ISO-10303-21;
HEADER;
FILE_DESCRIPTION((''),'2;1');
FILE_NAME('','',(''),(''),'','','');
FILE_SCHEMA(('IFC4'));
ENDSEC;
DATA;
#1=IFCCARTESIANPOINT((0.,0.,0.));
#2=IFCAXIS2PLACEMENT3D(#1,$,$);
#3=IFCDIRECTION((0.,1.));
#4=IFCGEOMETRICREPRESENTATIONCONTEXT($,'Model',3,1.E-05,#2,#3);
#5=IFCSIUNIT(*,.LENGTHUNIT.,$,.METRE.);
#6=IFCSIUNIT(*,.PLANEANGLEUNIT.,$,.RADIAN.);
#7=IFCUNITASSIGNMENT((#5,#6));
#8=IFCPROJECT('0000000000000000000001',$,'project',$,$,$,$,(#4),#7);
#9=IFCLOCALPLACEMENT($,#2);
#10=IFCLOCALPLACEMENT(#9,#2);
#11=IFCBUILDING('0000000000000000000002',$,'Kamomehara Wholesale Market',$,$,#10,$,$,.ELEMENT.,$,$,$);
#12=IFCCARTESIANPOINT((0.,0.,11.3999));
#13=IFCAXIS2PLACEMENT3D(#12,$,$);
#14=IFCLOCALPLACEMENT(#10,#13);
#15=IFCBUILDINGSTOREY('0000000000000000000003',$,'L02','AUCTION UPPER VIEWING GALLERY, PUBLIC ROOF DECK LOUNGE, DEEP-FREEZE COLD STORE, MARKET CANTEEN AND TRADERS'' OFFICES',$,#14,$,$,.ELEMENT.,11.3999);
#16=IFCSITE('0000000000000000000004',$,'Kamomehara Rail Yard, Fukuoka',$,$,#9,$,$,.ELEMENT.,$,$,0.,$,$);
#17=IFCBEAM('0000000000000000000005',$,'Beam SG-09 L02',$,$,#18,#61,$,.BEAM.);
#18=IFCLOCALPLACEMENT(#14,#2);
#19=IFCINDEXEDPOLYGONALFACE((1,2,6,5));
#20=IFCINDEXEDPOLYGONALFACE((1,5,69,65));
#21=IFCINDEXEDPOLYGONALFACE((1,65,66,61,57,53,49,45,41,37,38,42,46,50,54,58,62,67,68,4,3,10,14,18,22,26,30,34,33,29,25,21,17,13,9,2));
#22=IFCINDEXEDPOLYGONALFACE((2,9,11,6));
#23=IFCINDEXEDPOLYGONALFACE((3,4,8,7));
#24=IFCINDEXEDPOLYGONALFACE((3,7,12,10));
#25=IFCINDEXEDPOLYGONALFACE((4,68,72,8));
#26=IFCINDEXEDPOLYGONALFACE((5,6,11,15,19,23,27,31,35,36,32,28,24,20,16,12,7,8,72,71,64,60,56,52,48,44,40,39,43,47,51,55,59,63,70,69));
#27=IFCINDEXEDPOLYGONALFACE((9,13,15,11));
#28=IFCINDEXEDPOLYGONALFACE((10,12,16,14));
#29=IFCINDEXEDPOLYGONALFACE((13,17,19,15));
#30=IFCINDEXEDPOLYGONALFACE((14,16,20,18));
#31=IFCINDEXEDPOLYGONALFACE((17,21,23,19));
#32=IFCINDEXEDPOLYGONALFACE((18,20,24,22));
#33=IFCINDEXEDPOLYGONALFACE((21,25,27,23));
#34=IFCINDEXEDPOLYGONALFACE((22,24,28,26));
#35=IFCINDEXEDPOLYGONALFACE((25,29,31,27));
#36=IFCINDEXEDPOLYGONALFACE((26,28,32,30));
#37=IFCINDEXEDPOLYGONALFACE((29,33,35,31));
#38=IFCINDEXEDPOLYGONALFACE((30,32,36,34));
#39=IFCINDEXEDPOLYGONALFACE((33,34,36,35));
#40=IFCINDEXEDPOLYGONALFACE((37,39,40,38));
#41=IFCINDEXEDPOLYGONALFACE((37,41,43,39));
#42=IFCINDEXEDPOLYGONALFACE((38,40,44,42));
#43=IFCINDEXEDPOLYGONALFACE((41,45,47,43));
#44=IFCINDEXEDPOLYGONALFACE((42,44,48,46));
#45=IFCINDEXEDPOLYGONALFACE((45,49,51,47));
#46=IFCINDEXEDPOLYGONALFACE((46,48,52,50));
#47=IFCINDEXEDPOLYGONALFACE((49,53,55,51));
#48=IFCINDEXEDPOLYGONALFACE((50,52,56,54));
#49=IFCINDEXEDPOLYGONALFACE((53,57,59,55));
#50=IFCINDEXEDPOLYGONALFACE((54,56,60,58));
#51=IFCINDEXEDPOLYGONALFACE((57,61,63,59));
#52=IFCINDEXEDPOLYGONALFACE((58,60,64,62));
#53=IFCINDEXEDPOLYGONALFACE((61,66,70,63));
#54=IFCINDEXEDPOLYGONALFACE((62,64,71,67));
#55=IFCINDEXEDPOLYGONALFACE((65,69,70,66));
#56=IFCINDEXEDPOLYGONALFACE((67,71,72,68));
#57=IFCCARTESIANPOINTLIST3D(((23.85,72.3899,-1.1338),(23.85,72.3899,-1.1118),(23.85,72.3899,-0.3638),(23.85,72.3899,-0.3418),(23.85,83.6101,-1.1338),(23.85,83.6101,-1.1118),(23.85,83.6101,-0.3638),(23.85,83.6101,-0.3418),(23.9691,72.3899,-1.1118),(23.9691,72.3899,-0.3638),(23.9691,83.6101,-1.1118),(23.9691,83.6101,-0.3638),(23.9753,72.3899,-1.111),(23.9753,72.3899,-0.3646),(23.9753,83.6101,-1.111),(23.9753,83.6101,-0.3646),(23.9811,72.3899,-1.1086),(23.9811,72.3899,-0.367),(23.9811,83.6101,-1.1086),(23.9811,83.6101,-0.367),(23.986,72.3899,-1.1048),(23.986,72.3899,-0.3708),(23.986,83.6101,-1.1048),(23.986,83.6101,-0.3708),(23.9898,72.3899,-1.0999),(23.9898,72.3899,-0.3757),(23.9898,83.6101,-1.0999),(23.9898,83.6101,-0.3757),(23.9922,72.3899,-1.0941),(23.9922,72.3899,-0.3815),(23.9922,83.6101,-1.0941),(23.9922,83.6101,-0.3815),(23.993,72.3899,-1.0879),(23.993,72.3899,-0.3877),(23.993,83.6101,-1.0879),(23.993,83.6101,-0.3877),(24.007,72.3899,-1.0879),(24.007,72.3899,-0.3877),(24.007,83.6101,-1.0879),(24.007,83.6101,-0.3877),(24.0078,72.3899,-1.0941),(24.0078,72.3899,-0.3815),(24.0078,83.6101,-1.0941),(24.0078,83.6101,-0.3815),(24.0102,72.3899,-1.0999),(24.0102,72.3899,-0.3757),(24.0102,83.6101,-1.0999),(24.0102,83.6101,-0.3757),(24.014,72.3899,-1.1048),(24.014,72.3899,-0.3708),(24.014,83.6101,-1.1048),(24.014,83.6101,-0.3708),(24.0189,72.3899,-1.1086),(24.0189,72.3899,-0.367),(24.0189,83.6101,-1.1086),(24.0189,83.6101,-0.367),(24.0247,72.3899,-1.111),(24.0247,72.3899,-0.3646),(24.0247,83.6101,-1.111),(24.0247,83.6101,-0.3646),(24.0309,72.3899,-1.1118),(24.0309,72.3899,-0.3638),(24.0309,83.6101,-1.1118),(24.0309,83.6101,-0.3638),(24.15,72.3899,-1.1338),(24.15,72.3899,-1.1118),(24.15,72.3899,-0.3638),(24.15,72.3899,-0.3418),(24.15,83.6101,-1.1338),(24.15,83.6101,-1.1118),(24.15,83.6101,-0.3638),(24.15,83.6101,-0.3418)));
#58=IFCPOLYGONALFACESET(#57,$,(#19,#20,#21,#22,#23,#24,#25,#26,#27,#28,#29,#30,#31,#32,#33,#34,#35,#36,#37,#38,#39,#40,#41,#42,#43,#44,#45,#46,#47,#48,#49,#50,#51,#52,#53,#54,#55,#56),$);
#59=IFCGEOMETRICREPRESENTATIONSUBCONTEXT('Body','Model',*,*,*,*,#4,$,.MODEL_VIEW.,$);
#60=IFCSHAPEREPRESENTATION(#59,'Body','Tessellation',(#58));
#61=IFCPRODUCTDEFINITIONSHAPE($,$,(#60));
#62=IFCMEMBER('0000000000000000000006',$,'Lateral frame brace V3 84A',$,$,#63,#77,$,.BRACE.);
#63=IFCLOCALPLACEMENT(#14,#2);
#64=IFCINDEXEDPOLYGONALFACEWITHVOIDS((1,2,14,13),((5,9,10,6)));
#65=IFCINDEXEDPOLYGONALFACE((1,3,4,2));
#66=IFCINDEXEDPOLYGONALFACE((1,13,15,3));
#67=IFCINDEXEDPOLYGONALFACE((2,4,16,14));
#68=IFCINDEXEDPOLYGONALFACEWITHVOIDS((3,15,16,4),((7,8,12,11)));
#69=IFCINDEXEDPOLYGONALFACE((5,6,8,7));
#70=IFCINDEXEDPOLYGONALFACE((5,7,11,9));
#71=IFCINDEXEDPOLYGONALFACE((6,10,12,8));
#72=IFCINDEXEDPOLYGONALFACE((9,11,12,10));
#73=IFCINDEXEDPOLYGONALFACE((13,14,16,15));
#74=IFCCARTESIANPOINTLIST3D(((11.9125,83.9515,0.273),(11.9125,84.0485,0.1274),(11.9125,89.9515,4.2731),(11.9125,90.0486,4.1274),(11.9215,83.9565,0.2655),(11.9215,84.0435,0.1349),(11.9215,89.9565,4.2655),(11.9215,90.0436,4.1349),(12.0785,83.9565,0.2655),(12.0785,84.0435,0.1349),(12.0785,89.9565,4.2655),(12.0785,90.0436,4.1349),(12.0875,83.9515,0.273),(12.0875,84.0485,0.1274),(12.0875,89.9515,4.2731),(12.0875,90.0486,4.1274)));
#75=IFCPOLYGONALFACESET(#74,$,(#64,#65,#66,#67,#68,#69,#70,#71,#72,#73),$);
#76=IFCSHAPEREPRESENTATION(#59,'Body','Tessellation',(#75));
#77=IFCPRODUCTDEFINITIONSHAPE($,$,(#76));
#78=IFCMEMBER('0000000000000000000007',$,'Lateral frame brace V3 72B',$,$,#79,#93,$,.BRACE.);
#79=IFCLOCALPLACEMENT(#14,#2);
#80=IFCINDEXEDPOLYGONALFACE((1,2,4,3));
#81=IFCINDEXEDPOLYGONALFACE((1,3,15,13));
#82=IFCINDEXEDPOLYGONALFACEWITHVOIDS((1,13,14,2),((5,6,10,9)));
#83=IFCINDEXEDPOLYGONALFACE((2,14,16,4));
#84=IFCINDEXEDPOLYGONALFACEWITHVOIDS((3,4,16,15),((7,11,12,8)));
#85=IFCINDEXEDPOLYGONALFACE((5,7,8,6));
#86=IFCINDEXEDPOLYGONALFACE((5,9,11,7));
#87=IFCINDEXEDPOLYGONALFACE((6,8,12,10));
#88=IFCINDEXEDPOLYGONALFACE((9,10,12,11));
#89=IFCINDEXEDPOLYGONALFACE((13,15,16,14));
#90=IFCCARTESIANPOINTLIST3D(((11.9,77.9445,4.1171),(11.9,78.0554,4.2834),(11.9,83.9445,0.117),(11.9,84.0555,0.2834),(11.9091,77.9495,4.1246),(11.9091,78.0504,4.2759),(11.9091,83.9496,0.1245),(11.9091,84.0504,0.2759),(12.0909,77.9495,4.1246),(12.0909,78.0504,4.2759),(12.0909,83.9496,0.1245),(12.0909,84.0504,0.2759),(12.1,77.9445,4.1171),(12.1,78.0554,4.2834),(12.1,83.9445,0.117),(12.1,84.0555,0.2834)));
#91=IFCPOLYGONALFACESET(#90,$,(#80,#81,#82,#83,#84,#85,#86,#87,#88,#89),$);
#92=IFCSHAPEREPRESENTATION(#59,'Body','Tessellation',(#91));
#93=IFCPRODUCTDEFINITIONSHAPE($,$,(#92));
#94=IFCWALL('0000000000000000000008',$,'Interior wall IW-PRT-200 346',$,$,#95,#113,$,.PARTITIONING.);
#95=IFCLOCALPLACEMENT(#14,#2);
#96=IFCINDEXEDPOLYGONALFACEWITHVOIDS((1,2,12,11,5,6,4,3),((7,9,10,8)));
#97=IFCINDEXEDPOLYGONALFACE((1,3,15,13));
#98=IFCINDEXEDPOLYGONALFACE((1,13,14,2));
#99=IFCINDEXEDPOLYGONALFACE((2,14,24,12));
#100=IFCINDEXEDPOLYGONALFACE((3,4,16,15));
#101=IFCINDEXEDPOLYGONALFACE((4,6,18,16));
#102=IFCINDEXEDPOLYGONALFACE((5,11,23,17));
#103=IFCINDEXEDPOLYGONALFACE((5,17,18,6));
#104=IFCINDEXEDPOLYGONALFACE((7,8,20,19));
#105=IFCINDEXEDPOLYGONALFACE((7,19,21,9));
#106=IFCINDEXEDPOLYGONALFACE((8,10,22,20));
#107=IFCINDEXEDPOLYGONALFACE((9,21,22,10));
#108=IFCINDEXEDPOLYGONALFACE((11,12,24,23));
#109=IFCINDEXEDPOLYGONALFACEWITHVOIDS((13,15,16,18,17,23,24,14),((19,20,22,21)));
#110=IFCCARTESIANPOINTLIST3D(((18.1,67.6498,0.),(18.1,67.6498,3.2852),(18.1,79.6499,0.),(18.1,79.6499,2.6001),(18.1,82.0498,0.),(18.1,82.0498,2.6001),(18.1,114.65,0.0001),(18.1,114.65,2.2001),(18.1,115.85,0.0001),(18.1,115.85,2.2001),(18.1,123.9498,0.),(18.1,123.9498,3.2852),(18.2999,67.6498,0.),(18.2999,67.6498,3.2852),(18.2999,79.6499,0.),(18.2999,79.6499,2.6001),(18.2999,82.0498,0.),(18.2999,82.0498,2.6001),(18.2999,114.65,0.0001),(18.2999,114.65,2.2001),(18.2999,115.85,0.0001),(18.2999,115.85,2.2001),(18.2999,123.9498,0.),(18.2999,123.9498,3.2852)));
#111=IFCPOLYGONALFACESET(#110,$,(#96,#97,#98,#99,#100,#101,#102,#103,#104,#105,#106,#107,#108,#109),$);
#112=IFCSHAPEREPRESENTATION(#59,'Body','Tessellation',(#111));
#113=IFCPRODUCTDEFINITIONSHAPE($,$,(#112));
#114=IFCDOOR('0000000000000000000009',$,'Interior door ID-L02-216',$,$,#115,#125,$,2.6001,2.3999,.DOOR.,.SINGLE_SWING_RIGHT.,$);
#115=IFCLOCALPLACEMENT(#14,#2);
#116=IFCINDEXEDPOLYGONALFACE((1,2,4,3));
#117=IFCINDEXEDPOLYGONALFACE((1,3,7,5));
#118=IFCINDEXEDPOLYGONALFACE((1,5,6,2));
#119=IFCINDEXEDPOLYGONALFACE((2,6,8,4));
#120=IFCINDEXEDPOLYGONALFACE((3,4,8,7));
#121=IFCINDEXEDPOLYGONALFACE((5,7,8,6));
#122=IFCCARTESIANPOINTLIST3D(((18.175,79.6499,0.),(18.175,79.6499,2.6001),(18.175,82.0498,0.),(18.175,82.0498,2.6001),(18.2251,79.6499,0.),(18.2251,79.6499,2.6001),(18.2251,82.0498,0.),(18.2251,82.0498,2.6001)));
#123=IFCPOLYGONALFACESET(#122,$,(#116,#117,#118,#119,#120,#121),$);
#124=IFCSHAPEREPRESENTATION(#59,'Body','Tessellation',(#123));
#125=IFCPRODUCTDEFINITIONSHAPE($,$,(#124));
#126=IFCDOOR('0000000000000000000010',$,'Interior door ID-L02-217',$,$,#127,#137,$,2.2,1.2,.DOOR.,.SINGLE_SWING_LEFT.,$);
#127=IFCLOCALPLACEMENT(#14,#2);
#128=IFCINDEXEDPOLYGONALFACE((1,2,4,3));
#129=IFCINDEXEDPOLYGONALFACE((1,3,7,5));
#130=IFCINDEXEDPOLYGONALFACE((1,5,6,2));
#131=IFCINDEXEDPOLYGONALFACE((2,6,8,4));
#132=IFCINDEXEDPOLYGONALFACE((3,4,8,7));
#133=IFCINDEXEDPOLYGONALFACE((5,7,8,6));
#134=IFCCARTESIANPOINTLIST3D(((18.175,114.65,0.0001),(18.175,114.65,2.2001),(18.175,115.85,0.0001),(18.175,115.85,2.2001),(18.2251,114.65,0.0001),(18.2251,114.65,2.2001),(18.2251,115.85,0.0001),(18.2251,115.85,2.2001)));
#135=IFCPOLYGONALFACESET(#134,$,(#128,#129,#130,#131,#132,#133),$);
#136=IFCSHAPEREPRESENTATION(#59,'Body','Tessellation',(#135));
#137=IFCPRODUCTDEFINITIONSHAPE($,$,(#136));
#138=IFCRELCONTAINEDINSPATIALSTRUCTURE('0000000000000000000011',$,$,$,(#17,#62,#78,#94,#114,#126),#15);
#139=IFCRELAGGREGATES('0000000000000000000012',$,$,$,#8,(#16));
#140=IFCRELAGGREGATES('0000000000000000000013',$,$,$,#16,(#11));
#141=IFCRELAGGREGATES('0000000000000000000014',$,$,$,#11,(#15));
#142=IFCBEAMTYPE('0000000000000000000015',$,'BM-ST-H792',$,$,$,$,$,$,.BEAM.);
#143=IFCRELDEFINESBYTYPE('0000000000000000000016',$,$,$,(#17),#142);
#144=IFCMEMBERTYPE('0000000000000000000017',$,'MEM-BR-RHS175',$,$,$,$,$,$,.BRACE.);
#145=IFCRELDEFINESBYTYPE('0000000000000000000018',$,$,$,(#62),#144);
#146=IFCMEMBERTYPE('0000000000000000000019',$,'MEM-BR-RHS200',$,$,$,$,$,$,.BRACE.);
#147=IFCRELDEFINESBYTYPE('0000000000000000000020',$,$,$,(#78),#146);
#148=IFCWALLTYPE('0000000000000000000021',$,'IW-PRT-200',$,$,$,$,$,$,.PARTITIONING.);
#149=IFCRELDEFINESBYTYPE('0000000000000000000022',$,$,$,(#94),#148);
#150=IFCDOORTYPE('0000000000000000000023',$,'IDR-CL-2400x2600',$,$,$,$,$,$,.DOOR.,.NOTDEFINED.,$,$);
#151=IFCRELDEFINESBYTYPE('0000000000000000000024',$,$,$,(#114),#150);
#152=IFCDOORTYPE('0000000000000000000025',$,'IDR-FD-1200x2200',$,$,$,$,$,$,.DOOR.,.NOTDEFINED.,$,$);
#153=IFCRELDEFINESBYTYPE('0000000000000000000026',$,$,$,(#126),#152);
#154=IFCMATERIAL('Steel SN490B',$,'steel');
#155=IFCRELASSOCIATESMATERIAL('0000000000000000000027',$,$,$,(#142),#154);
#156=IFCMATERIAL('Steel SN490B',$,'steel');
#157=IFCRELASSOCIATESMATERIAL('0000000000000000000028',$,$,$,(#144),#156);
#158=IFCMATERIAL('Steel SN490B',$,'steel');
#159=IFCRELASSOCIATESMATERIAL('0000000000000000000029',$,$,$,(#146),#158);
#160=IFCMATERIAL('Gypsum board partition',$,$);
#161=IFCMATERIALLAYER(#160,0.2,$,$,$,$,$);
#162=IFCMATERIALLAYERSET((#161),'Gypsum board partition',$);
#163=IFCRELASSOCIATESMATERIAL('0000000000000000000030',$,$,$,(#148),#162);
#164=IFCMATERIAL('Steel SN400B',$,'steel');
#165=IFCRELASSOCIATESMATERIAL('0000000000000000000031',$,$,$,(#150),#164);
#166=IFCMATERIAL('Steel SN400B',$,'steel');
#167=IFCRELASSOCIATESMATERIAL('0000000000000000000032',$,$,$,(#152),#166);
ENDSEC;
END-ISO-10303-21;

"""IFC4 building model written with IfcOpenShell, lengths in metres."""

from ifc_helpers import new_model, si_unit, direction, frame, frame_2d, origin, origin_2d, place, context, subcontext, project, spatial, rectangle, hollow_rectangle, i_section, extrude, material, layer, layer_set, material_profile, profile_set, type_object, element, fill, save


model = new_model("IFC4")

# Units and contexts
model_context = context("Model", 3, precision=1e-05, world=origin(), true_north=direction((0.0, 1.0)))
body_context = subcontext(model_context, "Body", "Model", "MODEL_VIEW")
ifc_project = project(units=[si_unit("LENGTHUNIT", "METRE"), si_unit("PLANEANGLEUNIT", "RADIAN")], contexts=[model_context])

# Site, building, storey
site_placement = place(None, origin())
site = spatial("IfcSite", under=ifc_project, at=site_placement, Name="Kamomehara Rail Yard, Fukuoka", CompositionType="ELEMENT", RefElevation=0.0)
building_placement = place(site_placement, origin())
building = spatial("IfcBuilding", under=site, at=building_placement, Name="Kamomehara Wholesale Market", CompositionType="ELEMENT")
storey_placement = place(building_placement, frame((0.0, 0.0, 11.3999)))
storey = spatial("IfcBuildingStorey", under=building, at=storey_placement, Name="L02", Description="AUCTION UPPER VIEWING GALLERY, PUBLIC ROOF DECK LOUNGE, DEEP-FREEZE COLD STORE, MARKET CANTEEN AND TRADERS' OFFICES", CompositionType="ELEMENT", Elevation=11.3999)

# Beam
ifc_material_1 = material(Name="Steel SN490B", Category="steel")
ifc_material_profile_1 = material_profile(ifc_material_1, i_section(OverallWidth=0.3, OverallDepth=0.792, WebThickness=0.0139, FlangeThickness=0.022, FilletRadius=0.0239, at=origin_2d()), Name="H-792x300x14x22")
ifc_profile_set_1 = profile_set([ifc_material_profile_1], Name="Steel SN490B")
beam_type_1 = type_object("IfcBeamType", Name="BM-ST-H792", PredefinedType="BEAM", material=ifc_profile_set_1)
beam_1_placement = place(storey_placement, frame((24.0, 72.3899, -0.7378), z_axis=(0.0, 1.0, 0.0), x_axis=(-1.0, 0.0, 0.0)))
element("IfcBeam", 1, at=beam_1_placement, inside=storey, type_object=beam_type_1, Name="Beam SG-09 L02", PredefinedType="BEAM", context=body_context, shape_type="SweptSolid", body=[
    extrude(i_section(OverallWidth=0.3, OverallDepth=0.792, WebThickness=0.0139, FlangeThickness=0.022, FilletRadius=0.0239, at=origin_2d()), origin(), (0.0, 0.0, 1.0), 11.2202),
])

# Members
ifc_material_2 = material(Name="Steel SN490B", Category="steel")
ifc_material_profile_2 = material_profile(ifc_material_2, hollow_rectangle(XDim=0.175, YDim=0.175, WallThickness=0.009, at=origin_2d()), Name="RHS-175x175x9")
ifc_profile_set_2 = profile_set([ifc_material_profile_2], Name="Steel SN490B")
member_type_1 = type_object("IfcMemberType", Name="MEM-BR-RHS175", PredefinedType="BRACE", material=ifc_profile_set_2)
member_1_placement = place(storey_placement, frame((12.0, 84.0, 0.2002), z_axis=(0.0, 0.83205, 0.5547), x_axis=(-1.0, 0.0, 0.0)))
element("IfcMember", 2, at=member_1_placement, inside=storey, type_object=member_type_1, Name="Lateral frame brace V3 84A", PredefinedType="BRACE", context=body_context, shape_type="SweptSolid", body=[
    extrude(hollow_rectangle(XDim=0.175, YDim=0.175, WallThickness=0.009, at=origin_2d()), origin(), (0.0, 0.0, 1.0), 7.2112),
])
ifc_material_3 = material(Name="Steel SN490B", Category="steel")
ifc_material_profile_3 = material_profile(ifc_material_3, hollow_rectangle(XDim=0.2, YDim=0.2, WallThickness=0.009, at=origin_2d()), Name="RHS-200x200x9")
ifc_profile_set_3 = profile_set([ifc_material_profile_3], Name="Steel SN490B")
member_type_2 = type_object("IfcMemberType", Name="MEM-BR-RHS200", PredefinedType="BRACE", material=ifc_profile_set_3)
member_2_placement = place(storey_placement, frame((12.0, 84.0, 0.2002), z_axis=(0.0, -0.83205, 0.5547), x_axis=(1.0, 0.0, 0.0)))
element("IfcMember", 3, at=member_2_placement, inside=storey, type_object=member_type_2, Name="Lateral frame brace V3 72B", PredefinedType="BRACE", context=body_context, shape_type="SweptSolid", body=[
    extrude(hollow_rectangle(XDim=0.2, YDim=0.2, WallThickness=0.009, at=origin_2d()), origin(), (0.0, 0.0, 1.0), 7.2112),
])

# Wall, openings, doors
ifc_material_4 = material(Name="Gypsum board partition")
ifc_layer = layer(ifc_material_4, 0.2)
ifc_layer_set = layer_set([ifc_layer], Name="Gypsum board partition")
wall_type = type_object("IfcWallType", Name="IW-PRT-200", PredefinedType="PARTITIONING", material=ifc_layer_set)
wall_placement = place(storey_placement, frame((18.2, 67.6499, 0.0), z_axis=(0.0, 0.0, 1.0), x_axis=(0.0, 1.0, 0.0)))
wall = element("IfcWall", 4, at=wall_placement, inside=storey, type_object=wall_type, Name="Interior wall IW-PRT-200 346", PredefinedType="PARTITIONING", context=body_context, shape_type="SweptSolid", body=[
    extrude(rectangle(XDim=56.3, YDim=0.2, at=frame_2d((28.1499, 0.0))), origin(), (0.0, 0.0, 1.0), 3.2852),
])
opening_1_placement = place(wall_placement, frame((12.0, 0.0, 0.0)))
opening_1 = element("IfcOpeningElement", 5, at=opening_1_placement, cuts=wall, PredefinedType="OPENING", context=body_context, shape_type="SweptSolid", body=[
    extrude(rectangle(XDim=2.3999, YDim=2.6001, at=frame_2d((1.2, 1.3))), frame((0.0, 0.1147, 0.0), z_axis=(0.0, -1.0, 0.0), x_axis=(1.0, 0.0, 0.0)), (0.0, 0.0, 1.0), 0.2297),
])
opening_2_placement = place(wall_placement, frame((47.0, 0.0, 0.0)))
opening_2 = element("IfcOpeningElement", 6, at=opening_2_placement, cuts=wall, PredefinedType="OPENING", context=body_context, shape_type="SweptSolid", body=[
    extrude(rectangle(XDim=1.2, YDim=2.2, at=frame_2d((0.6001, 1.1001))), frame((0.0, 0.1147, 0.0), z_axis=(0.0, -1.0, 0.0), x_axis=(1.0, 0.0, 0.0)), (0.0, 0.0, 1.0), 0.2297),
])
ifc_material_5 = material(Name="Steel SN400B", Category="steel")
door_type_1 = type_object("IfcDoorType", Name="IDR-CL-2400x2600", OperationType="NOTDEFINED", PredefinedType="DOOR", material=ifc_material_5)
door_1_placement = place(opening_1_placement, origin())
door_1 = element("IfcDoor", 7, at=door_1_placement, inside=storey, type_object=door_type_1, Name="Interior door ID-L02-216", OperationType="SINGLE_SWING_RIGHT", OverallHeight=2.6001, OverallWidth=2.3999, PredefinedType="DOOR", context=body_context, shape_type="SweptSolid", body=[
    extrude(rectangle(XDim=2.3999, YDim=2.6001, at=frame_2d((1.2, 1.3))), frame((0.0, 0.0249, 0.0), z_axis=(0.0, -1.0, 0.0), x_axis=(1.0, 0.0, 0.0)), (0.0, 0.0, 1.0), 0.05),
])
fill(opening_1, door_1)
ifc_material_6 = material(Name="Steel SN400B", Category="steel")
door_type_2 = type_object("IfcDoorType", Name="IDR-FD-1200x2200", OperationType="NOTDEFINED", PredefinedType="DOOR", material=ifc_material_6)
door_2_placement = place(opening_2_placement, origin())
door_2 = element("IfcDoor", 8, at=door_2_placement, inside=storey, type_object=door_type_2, Name="Interior door ID-L02-217", OperationType="SINGLE_SWING_LEFT", OverallHeight=2.2, OverallWidth=1.2, PredefinedType="DOOR", context=body_context, shape_type="SweptSolid", body=[
    extrude(rectangle(XDim=1.2, YDim=2.2, at=frame_2d((0.6001, 1.1001))), frame((0.0, 0.0249, 0.0), z_axis=(0.0, -1.0, 0.0), x_axis=(1.0, 0.0, 0.0)), (0.0, 0.0, 1.0), 0.05),
])
fill(opening_2, door_2)

save(model, "model.ifc")
